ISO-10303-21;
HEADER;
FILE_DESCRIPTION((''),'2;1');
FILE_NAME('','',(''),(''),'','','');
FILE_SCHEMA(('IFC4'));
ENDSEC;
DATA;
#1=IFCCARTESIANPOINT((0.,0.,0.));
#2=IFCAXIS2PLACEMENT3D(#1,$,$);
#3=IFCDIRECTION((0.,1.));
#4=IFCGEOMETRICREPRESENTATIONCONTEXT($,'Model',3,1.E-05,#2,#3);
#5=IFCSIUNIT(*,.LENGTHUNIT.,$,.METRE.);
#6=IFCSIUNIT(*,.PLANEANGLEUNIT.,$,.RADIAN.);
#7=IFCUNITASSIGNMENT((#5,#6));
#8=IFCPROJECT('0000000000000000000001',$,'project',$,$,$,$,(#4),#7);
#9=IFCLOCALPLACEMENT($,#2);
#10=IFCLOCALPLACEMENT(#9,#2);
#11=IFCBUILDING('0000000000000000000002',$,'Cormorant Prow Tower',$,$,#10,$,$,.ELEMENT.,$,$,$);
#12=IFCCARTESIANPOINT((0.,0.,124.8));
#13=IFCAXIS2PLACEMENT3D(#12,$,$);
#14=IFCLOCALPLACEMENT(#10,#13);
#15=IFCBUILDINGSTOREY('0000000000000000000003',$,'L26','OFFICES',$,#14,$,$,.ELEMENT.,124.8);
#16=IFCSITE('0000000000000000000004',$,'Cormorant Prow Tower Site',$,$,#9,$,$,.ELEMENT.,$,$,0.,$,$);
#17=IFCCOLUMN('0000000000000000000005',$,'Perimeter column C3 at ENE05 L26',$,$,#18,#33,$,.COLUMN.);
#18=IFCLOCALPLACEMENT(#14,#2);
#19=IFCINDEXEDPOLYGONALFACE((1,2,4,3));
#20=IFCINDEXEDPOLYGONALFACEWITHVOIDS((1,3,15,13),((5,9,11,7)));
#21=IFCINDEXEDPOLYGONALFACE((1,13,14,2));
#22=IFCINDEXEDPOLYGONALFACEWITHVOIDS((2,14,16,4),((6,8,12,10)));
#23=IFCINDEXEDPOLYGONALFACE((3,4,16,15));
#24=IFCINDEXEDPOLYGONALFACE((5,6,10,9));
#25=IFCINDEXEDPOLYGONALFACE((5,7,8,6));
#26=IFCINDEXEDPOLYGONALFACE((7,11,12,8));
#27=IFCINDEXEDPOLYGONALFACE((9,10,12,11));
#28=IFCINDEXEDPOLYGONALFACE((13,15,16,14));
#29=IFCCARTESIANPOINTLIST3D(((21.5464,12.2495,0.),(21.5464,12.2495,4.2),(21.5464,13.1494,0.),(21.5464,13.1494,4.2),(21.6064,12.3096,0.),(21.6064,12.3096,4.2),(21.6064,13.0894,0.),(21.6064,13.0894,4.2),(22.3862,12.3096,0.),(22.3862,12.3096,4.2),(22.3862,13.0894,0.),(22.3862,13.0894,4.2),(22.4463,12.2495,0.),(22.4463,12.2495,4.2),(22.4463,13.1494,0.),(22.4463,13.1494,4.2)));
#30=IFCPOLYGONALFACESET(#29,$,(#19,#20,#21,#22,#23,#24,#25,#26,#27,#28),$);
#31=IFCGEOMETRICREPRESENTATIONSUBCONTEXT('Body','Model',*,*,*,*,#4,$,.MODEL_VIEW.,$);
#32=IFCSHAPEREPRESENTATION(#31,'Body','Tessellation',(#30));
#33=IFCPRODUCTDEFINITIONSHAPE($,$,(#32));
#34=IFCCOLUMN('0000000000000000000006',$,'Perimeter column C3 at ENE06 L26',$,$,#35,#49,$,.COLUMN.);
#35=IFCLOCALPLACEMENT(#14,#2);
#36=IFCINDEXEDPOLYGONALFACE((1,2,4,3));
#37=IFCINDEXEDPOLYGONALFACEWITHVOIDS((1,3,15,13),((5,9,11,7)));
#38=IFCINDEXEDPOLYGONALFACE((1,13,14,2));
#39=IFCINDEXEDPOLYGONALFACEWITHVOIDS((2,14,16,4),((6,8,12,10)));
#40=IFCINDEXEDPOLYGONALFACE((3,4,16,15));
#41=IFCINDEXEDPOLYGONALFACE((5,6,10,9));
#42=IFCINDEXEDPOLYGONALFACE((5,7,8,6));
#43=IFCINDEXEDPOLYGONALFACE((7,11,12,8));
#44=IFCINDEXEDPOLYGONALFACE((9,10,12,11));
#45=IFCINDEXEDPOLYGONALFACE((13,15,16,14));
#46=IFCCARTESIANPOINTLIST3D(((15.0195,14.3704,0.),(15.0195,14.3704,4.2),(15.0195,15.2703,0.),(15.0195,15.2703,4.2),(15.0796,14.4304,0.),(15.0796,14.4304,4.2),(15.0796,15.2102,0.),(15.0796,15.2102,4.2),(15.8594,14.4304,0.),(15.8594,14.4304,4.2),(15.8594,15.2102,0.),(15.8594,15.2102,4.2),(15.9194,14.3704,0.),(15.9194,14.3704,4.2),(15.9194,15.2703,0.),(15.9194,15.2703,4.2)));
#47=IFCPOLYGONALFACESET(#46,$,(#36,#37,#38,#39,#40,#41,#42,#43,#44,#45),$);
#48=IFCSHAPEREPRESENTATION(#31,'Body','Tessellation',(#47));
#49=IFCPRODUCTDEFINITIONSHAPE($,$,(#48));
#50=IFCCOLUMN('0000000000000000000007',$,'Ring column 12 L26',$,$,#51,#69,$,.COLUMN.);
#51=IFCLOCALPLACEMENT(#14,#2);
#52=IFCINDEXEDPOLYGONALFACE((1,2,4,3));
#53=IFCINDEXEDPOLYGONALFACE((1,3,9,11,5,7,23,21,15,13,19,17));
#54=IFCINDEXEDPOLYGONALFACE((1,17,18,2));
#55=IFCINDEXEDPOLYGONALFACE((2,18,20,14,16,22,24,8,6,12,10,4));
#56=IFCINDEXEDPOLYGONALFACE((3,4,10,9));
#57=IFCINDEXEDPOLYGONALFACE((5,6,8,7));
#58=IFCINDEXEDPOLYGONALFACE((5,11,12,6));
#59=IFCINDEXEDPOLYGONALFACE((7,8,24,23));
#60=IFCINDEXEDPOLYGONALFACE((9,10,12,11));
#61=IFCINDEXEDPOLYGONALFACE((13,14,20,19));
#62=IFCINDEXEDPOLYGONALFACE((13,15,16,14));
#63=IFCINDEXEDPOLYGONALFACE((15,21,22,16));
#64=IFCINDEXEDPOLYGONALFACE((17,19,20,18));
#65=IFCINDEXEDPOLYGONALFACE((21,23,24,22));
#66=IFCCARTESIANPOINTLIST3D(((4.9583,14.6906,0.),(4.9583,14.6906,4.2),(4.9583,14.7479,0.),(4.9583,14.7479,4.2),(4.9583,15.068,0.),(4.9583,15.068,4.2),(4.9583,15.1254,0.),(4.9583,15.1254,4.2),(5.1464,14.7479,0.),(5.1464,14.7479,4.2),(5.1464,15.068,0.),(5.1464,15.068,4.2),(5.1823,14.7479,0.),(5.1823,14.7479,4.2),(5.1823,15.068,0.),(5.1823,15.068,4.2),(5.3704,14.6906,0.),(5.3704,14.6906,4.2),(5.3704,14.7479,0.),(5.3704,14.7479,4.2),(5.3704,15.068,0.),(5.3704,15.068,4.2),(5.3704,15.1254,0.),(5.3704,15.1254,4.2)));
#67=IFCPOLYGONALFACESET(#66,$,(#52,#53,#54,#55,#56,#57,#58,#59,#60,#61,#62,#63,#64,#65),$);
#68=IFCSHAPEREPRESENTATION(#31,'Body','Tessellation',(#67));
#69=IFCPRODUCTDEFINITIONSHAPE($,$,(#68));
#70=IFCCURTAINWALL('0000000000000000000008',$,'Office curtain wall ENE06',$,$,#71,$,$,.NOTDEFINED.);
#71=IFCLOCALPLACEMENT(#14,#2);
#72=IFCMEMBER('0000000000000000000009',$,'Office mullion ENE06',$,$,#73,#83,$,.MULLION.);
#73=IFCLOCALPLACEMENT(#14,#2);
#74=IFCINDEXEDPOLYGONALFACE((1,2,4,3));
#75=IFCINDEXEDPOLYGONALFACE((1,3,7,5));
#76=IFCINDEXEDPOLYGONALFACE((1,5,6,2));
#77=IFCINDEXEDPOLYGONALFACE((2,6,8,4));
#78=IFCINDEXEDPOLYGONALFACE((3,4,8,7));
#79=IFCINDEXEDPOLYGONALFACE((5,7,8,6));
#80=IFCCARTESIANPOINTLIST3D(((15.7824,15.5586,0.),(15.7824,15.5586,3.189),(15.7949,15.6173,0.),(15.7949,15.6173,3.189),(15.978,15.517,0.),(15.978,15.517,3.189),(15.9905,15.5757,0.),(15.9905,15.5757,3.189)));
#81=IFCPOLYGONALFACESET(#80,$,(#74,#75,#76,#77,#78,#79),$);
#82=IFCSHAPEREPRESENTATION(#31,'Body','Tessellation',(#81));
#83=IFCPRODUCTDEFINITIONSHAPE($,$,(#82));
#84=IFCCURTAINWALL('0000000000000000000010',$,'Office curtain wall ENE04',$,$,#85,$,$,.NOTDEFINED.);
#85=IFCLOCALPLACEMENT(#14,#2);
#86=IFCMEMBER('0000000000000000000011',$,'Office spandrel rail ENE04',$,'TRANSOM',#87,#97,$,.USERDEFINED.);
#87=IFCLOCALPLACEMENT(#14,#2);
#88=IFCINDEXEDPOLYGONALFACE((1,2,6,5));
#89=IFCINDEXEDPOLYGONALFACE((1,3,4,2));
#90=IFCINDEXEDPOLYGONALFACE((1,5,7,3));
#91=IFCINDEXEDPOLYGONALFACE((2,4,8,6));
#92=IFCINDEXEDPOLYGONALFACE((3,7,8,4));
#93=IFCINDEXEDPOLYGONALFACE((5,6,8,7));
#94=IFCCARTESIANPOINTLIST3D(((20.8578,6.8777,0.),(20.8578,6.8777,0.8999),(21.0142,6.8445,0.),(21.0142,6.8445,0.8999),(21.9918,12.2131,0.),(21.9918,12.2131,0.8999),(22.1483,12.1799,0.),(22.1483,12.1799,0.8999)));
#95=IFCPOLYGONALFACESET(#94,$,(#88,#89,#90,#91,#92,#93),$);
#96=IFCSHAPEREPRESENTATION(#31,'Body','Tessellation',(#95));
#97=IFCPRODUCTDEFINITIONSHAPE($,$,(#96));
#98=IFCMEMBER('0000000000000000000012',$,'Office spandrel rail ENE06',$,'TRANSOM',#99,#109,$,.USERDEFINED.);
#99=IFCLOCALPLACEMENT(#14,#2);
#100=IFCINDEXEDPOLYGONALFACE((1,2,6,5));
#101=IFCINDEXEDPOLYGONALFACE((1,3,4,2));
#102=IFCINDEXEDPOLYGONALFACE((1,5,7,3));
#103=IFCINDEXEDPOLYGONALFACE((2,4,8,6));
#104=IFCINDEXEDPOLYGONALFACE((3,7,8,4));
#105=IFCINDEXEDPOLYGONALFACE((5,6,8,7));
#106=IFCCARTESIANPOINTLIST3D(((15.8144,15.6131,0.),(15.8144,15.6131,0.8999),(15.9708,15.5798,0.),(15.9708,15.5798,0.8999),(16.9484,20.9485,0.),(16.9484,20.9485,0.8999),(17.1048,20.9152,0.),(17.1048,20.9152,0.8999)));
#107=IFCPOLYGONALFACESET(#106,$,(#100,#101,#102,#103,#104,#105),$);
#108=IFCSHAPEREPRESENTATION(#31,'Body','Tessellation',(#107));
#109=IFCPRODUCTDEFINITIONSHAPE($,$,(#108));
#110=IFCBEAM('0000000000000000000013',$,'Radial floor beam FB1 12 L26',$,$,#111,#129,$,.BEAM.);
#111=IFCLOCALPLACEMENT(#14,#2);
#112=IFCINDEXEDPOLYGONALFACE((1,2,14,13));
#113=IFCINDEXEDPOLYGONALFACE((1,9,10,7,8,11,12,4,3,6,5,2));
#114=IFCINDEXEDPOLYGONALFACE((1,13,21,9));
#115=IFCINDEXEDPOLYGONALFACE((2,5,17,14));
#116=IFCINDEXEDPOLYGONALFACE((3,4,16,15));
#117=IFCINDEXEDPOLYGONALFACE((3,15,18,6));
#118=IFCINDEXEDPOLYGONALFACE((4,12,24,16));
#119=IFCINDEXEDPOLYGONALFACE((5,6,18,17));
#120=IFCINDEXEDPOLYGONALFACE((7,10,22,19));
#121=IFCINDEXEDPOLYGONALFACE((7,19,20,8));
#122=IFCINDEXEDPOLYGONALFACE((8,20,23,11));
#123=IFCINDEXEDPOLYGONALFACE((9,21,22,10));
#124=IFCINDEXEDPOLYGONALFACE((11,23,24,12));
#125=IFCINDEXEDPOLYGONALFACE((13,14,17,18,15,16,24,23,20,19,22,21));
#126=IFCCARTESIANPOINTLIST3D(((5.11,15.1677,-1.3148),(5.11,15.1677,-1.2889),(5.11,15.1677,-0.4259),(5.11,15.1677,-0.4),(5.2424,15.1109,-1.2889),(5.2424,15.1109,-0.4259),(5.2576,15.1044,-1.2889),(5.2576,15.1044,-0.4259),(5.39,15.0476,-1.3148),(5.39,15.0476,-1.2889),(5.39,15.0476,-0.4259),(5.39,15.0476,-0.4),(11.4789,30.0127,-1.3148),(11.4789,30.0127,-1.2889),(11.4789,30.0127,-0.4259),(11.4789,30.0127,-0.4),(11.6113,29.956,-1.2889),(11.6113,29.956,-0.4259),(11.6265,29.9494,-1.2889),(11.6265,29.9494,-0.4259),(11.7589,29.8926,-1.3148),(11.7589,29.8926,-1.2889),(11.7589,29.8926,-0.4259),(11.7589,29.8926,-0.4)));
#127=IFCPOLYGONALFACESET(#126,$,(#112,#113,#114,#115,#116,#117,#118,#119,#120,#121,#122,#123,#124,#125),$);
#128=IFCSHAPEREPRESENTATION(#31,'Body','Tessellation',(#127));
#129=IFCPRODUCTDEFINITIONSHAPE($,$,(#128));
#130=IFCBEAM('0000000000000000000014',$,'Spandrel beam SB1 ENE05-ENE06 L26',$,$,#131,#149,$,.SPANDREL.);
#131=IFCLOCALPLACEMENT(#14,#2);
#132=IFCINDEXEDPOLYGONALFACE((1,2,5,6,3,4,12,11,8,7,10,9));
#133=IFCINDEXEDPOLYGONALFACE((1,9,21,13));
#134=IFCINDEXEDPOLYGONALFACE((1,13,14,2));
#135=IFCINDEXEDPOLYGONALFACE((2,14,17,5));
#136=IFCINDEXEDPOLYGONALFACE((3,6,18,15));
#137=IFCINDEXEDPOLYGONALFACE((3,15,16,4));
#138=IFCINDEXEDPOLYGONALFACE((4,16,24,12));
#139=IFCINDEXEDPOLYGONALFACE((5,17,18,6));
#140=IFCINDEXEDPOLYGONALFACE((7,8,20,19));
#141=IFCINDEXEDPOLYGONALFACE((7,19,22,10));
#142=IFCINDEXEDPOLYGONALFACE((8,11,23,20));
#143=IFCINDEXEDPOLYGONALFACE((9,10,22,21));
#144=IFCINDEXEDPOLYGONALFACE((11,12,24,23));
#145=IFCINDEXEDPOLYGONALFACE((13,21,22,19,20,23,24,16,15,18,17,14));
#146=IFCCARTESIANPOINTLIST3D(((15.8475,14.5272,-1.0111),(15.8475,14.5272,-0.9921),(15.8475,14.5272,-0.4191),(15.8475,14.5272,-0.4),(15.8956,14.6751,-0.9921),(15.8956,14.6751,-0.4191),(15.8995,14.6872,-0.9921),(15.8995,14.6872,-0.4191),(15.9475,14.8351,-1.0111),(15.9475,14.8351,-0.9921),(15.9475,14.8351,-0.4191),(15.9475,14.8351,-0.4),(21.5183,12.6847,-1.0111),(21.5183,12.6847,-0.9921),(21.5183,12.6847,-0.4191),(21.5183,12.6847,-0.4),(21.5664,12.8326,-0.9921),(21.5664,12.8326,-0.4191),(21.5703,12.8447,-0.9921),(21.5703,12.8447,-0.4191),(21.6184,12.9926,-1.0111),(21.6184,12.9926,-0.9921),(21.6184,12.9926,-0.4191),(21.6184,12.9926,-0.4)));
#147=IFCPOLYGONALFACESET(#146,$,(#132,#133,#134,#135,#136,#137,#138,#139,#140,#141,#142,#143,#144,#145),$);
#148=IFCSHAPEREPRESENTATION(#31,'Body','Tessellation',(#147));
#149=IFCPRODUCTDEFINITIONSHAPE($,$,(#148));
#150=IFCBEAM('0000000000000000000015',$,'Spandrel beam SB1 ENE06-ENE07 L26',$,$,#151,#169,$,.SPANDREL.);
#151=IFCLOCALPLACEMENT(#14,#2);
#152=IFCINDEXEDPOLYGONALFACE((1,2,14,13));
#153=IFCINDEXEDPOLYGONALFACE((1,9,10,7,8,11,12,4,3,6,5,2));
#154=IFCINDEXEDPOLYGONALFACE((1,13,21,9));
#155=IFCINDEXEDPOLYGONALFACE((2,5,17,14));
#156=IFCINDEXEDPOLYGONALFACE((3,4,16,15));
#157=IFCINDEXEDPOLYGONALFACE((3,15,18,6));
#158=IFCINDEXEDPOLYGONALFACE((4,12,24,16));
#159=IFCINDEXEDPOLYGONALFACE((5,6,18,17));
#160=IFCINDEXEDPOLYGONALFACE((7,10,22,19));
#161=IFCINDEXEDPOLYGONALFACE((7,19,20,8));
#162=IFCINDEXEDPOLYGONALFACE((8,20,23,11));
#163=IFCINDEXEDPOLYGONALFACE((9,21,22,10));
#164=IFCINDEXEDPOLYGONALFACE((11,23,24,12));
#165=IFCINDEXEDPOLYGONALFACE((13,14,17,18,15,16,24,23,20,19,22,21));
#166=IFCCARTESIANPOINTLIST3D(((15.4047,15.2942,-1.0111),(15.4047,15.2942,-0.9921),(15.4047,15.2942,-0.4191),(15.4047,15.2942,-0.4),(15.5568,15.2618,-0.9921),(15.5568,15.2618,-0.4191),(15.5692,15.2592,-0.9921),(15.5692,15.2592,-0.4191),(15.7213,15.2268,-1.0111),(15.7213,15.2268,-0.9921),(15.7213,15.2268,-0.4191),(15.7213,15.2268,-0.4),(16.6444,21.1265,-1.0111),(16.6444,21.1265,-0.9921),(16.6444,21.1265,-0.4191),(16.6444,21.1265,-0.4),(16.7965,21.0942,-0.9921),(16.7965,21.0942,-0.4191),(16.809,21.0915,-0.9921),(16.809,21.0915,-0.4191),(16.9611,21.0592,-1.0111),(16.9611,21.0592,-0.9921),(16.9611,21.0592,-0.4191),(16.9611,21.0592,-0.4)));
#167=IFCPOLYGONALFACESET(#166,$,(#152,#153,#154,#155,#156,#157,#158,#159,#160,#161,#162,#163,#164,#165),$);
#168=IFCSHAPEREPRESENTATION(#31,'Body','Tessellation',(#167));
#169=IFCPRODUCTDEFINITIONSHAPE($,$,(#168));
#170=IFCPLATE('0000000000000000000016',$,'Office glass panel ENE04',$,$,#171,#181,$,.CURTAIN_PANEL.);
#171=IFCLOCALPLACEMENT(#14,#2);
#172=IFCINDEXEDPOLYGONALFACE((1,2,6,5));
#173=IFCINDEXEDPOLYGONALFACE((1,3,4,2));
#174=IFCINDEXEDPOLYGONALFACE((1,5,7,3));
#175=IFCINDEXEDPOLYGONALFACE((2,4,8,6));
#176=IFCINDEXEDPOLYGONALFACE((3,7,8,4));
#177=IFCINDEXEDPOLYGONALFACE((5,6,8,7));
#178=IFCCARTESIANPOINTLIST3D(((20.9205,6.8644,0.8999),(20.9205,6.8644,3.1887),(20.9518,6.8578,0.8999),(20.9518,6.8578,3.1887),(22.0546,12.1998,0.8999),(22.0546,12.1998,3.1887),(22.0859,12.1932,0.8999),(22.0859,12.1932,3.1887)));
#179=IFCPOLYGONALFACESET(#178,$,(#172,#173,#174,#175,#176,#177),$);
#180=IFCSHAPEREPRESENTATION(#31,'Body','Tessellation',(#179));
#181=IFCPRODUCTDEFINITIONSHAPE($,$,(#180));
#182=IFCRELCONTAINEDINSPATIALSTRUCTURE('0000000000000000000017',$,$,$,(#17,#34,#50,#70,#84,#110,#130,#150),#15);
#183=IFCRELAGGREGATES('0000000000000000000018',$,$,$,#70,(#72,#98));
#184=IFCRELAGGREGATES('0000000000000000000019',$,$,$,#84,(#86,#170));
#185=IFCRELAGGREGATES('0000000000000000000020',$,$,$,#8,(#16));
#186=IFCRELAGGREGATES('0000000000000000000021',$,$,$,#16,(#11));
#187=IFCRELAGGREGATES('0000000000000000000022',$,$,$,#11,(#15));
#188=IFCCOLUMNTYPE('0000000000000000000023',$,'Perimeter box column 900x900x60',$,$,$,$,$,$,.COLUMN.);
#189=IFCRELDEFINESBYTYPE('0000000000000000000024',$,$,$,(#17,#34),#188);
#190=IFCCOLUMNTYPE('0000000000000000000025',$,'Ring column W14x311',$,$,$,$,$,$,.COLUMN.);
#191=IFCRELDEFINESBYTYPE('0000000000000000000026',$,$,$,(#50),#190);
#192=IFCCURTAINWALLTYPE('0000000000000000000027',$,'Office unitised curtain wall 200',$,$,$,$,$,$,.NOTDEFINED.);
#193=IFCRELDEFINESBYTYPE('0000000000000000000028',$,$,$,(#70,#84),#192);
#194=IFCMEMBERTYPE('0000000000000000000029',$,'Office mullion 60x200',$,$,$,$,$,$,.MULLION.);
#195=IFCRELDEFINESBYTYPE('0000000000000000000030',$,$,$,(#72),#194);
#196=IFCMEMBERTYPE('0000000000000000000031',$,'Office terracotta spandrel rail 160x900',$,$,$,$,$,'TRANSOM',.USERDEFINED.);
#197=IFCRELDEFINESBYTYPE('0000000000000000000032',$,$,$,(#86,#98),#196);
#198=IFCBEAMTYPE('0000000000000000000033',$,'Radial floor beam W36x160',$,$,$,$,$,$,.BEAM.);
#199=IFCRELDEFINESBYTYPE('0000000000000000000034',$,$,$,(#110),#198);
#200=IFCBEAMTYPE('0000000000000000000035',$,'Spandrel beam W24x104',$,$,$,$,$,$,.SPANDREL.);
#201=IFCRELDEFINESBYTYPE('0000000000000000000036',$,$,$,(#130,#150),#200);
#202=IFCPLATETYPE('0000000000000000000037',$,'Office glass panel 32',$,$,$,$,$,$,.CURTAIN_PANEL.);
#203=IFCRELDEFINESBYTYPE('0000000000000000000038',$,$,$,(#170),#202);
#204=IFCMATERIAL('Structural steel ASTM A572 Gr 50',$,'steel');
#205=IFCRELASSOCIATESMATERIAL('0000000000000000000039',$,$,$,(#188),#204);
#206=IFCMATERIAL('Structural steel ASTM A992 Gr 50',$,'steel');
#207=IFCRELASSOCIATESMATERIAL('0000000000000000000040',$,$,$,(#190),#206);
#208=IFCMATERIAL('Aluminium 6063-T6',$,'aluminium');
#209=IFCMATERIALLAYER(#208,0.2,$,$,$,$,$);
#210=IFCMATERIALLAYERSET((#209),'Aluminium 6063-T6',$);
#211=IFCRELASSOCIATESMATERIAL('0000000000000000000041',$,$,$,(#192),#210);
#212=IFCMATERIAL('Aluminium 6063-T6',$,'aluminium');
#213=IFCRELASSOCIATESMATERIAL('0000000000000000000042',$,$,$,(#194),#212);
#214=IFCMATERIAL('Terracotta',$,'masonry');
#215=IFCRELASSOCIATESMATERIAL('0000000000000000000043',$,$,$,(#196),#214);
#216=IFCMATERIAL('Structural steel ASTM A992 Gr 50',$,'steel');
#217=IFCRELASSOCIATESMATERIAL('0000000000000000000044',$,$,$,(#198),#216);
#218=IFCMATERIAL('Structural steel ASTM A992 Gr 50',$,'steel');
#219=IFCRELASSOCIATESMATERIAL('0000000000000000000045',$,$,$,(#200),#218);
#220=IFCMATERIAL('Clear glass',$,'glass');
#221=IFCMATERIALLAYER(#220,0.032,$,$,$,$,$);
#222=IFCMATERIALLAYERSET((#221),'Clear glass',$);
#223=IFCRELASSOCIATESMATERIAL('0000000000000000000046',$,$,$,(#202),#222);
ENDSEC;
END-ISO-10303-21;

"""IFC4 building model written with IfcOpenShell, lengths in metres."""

from ifc_helpers import new_model, si_unit, direction, frame, origin, origin_2d, place, context, subcontext, project, spatial, rectangle, hollow_rectangle, i_section, extrude, material, layer, layer_set, material_profile, profile_set, type_object, element, aggregate, save


model = new_model("IFC4")

# Units and contexts
model_context = context("Model", 3, precision=1e-05, world=origin(), true_north=direction((0.0, 1.0)))
body_context = subcontext(model_context, "Body", "Model", "MODEL_VIEW")
ifc_project = project(units=[si_unit("LENGTHUNIT", "METRE"), si_unit("PLANEANGLEUNIT", "RADIAN")], contexts=[model_context])

# Site, building, storey
site_placement = place(None, origin())
site = spatial("IfcSite", under=ifc_project, at=site_placement, Name="Cormorant Prow Tower Site", CompositionType="ELEMENT", RefElevation=0.0)
building_placement = place(site_placement, origin())
building = spatial("IfcBuilding", under=site, at=building_placement, Name="Cormorant Prow Tower", CompositionType="ELEMENT")
storey_placement = place(building_placement, frame((0.0, 0.0, 124.8)))
storey = spatial("IfcBuildingStorey", under=building, at=storey_placement, Name="L26", Description="OFFICES", CompositionType="ELEMENT", Elevation=124.8)

# Columns
ifc_material_1 = material(Name="Structural steel ASTM A572 Gr 50", Category="steel")
ifc_material_profile_1 = material_profile(ifc_material_1, hollow_rectangle(XDim=0.8999, YDim=0.8999, WallThickness=0.0601, at=origin_2d()), Name="Box 900x900x60")
ifc_profile_set_1 = profile_set([ifc_material_profile_1], Name="Structural steel ASTM A572 Gr 50")
column_type_1 = type_object("IfcColumnType", Name="Perimeter box column 900x900x60", PredefinedType="COLUMN", material=ifc_profile_set_1)
for number, where, z_axis, x_axis, name in (
    (1, (21.9963, 12.6995, 0.0), (0.0, 0.0, 1.0), (1.0, 0.0, 0.0), "Perimeter column C3 at ENE05 L26"),
    (2, (15.4695, 14.8203, 0.0), (0.0, 0.0, 1.0), (1.0, 0.0, 0.0), "Perimeter column C3 at ENE06 L26"),
):
    element("IfcColumn", number, at=place(storey_placement, frame(where, z_axis=z_axis, x_axis=x_axis)), inside=storey, type_object=column_type_1, Name=name, PredefinedType="COLUMN", context=body_context, shape_type="SweptSolid", body=[
        extrude(hollow_rectangle(XDim=0.8999, YDim=0.8999, WallThickness=0.0601, at=origin_2d()), origin(), (0.0, 0.0, 1.0), 4.2),
    ])
ifc_material_2 = material(Name="Structural steel ASTM A992 Gr 50", Category="steel")
ifc_material_profile_2 = material_profile(ifc_material_2, i_section(OverallWidth=0.4121, OverallDepth=0.4348, WebThickness=0.0359, FlangeThickness=0.0574, at=origin_2d()), Name="W14x311")
ifc_profile_set_2 = profile_set([ifc_material_profile_2], Name="Structural steel ASTM A992 Gr 50")
column_type_2 = type_object("IfcColumnType", Name="Ring column W14x311", PredefinedType="COLUMN", material=ifc_profile_set_2)
column_placement = place(storey_placement, frame((5.1643, 14.908, 0.0), z_axis=(0.0, 0.0, 1.0), x_axis=(1.0, 0.0, 0.0)))
element("IfcColumn", 3, at=column_placement, inside=storey, type_object=column_type_2, Name="Ring column 12 L26", PredefinedType="COLUMN", context=body_context, shape_type="SweptSolid", body=[
    extrude(i_section(OverallWidth=0.4121, OverallDepth=0.4348, WebThickness=0.0359, FlangeThickness=0.0574, at=origin_2d()), origin(), (0.0, 0.0, 1.0), 4.2),
])

# Curtain walls, members
ifc_material_3 = material(Name="Aluminium 6063-T6", Category="aluminium")
ifc_layer_1 = layer(ifc_material_3, 0.2)
ifc_layer_set_1 = layer_set([ifc_layer_1], Name="Aluminium 6063-T6")
curtain_wall_type = type_object("IfcCurtainWallType", Name="Office unitised curtain wall 200", PredefinedType="NOTDEFINED", material=ifc_layer_set_1)
curtain_wall_1_placement = place(storey_placement, origin())
curtain_wall_1 = element("IfcCurtainWall", 4, at=curtain_wall_1_placement, inside=storey, type_object=curtain_wall_type, Name="Office curtain wall ENE06", PredefinedType="NOTDEFINED")
ifc_material_4 = material(Name="Aluminium 6063-T6", Category="aluminium")
ifc_material_profile_3 = material_profile(ifc_material_4, rectangle(XDim=0.2, YDim=0.0601, at=origin_2d()), Name="Office mullion 60x200")
ifc_profile_set_3 = profile_set([ifc_material_profile_3], Name="Aluminium 6063-T6")
member_type_1 = type_object("IfcMemberType", Name="Office mullion 60x200", PredefinedType="MULLION", material=ifc_profile_set_3)
member_1_placement = place(storey_placement, frame((15.8865, 15.5671, 0.0), z_axis=(0.0, 0.0, 1.0), x_axis=(-0.978148, 0.207912, 0.0)))
member_1 = element("IfcMember", 5, at=member_1_placement, type_object=member_type_1, Name="Office mullion ENE06", PredefinedType="MULLION", context=body_context, shape_type="SweptSolid", body=[
    extrude(rectangle(XDim=0.2, YDim=0.0601, at=origin_2d()), origin(), (0.0, 0.0, 1.0), 3.189),
])
curtain_wall_2_placement = place(storey_placement, origin())
curtain_wall_2 = element("IfcCurtainWall", 6, at=curtain_wall_2_placement, inside=storey, type_object=curtain_wall_type, Name="Office curtain wall ENE04", PredefinedType="NOTDEFINED")
ifc_material_5 = material(Name="Terracotta", Category="masonry")
ifc_material_profile_4 = material_profile(ifc_material_5, rectangle(XDim=0.1599, YDim=0.8999, at=origin_2d()), Name="Office terracotta spandrel rail 160x900")
ifc_profile_set_4 = profile_set([ifc_material_profile_4], Name="Terracotta")
member_type_2 = type_object("IfcMemberType", Name="Office terracotta spandrel rail 160x900", ElementType="TRANSOM", PredefinedType="USERDEFINED", material=ifc_profile_set_4)
member_2_placement = place(storey_placement, frame((20.936, 6.8611, 0.45), z_axis=(0.207903, 0.97815, 0.0), x_axis=(-0.97815, 0.207903, 0.0)))
member_2 = element("IfcMember", 7, at=member_2_placement, type_object=member_type_2, Name="Office spandrel rail ENE04", ObjectType="TRANSOM", PredefinedType="USERDEFINED", context=body_context, shape_type="SweptSolid", body=[
    extrude(rectangle(XDim=0.1599, YDim=0.8999, at=origin_2d()), origin(), (0.0, 0.0, 1.0), 5.4546),
])

# Member
member_3_placement = place(storey_placement, frame((15.8926, 15.5964, 0.45), z_axis=(0.207903, 0.97815, 0.0), x_axis=(-0.97815, 0.207903, 0.0)))
member_3 = element("IfcMember", 8, at=member_3_placement, type_object=member_type_2, Name="Office spandrel rail ENE06", ObjectType="TRANSOM", PredefinedType="USERDEFINED", context=body_context, shape_type="SweptSolid", body=[
    extrude(rectangle(XDim=0.1599, YDim=0.8999, at=origin_2d()), origin(), (0.0, 0.0, 1.0), 5.4546),
])
aggregate(curtain_wall_1, [member_1, member_3])

# Beams
ifc_material_6 = material(Name="Structural steel ASTM A992 Gr 50", Category="steel")
ifc_material_profile_5 = material_profile(ifc_material_6, i_section(OverallWidth=0.3047, OverallDepth=0.9148, WebThickness=0.0166, FlangeThickness=0.0259, at=origin_2d()), Name="W36x160")
ifc_profile_set_5 = profile_set([ifc_material_profile_5], Name="Structural steel ASTM A992 Gr 50")
beam_type_1 = type_object("IfcBeamType", Name="Radial floor beam W36x160", PredefinedType="BEAM", material=ifc_profile_set_5)
beam_placement = place(storey_placement, frame((5.25, 15.1077, -0.8574), z_axis=(0.394273, 0.918993, 0.0), x_axis=(-0.918993, 0.394273, 0.0)))
element("IfcBeam", 9, at=beam_placement, inside=storey, type_object=beam_type_1, Name="Radial floor beam FB1 12 L26", PredefinedType="BEAM", context=body_context, shape_type="SweptSolid", body=[
    extrude(i_section(OverallWidth=0.3047, OverallDepth=0.9148, WebThickness=0.0166, FlangeThickness=0.0259, at=origin_2d()), origin(), (0.0, 0.0, 1.0), 16.1536),
])
ifc_material_7 = material(Name="Structural steel ASTM A992 Gr 50", Category="steel")
ifc_material_profile_6 = material_profile(ifc_material_7, i_section(OverallWidth=0.3237, OverallDepth=0.6111, WebThickness=0.0127, FlangeThickness=0.019, at=origin_2d()), Name="W24x104")
ifc_profile_set_6 = profile_set([ifc_material_profile_6], Name="Structural steel ASTM A992 Gr 50")
beam_type_2 = type_object("IfcBeamType", Name="Spandrel beam W24x104", PredefinedType="SPANDREL", material=ifc_profile_set_6)
for number, where, z_axis, x_axis, name in (
    (10, (21.5684, 12.8386, -0.7056), (-0.951059, 0.309008, 0.0), (-0.309008, -0.951059, 0.0), "Spandrel beam SB1 ENE05-ENE06 L26"),
    (11, (15.563, 15.2605, -0.7056), (0.207921, 0.978146, 0.0), (-0.978146, 0.207921, 0.0), "Spandrel beam SB1 ENE06-ENE07 L26"),
):
    element("IfcBeam", number, at=place(storey_placement, frame(where, z_axis=z_axis, x_axis=x_axis)), inside=storey, type_object=beam_type_2, Name=name, PredefinedType="SPANDREL", context=body_context, shape_type="SweptSolid", body=[
        extrude(i_section(OverallWidth=0.3237, OverallDepth=0.6111, WebThickness=0.0127, FlangeThickness=0.019, at=origin_2d()), origin(), (0.0, 0.0, 1.0), 5.9626),
    ])

# Plate
ifc_material_8 = material(Name="Clear glass", Category="glass")
ifc_layer_2 = layer(ifc_material_8, 0.032)
ifc_layer_set_2 = layer_set([ifc_layer_2], Name="Clear glass")
plate_type = type_object("IfcPlateType", Name="Office glass panel 32", PredefinedType="CURTAIN_PANEL", material=ifc_layer_set_2)
plate_placement = place(storey_placement, frame((21.5032, 9.5288, 0.8999), z_axis=(0.0, 0.0, 1.0), x_axis=(0.207912, 0.978148, 0.0)))
plate = element("IfcPlate", 12, at=plate_placement, type_object=plate_type, Name="Office glass panel ENE04", PredefinedType="CURTAIN_PANEL", context=body_context, shape_type="SweptSolid", body=[
    extrude(rectangle(XDim=5.4546, YDim=0.032, at=origin_2d()), origin(), (0.0, 0.0, 1.0), 2.2888),
])
aggregate(curtain_wall_2, [member_2, plate])

save(model, "model.ifc")
